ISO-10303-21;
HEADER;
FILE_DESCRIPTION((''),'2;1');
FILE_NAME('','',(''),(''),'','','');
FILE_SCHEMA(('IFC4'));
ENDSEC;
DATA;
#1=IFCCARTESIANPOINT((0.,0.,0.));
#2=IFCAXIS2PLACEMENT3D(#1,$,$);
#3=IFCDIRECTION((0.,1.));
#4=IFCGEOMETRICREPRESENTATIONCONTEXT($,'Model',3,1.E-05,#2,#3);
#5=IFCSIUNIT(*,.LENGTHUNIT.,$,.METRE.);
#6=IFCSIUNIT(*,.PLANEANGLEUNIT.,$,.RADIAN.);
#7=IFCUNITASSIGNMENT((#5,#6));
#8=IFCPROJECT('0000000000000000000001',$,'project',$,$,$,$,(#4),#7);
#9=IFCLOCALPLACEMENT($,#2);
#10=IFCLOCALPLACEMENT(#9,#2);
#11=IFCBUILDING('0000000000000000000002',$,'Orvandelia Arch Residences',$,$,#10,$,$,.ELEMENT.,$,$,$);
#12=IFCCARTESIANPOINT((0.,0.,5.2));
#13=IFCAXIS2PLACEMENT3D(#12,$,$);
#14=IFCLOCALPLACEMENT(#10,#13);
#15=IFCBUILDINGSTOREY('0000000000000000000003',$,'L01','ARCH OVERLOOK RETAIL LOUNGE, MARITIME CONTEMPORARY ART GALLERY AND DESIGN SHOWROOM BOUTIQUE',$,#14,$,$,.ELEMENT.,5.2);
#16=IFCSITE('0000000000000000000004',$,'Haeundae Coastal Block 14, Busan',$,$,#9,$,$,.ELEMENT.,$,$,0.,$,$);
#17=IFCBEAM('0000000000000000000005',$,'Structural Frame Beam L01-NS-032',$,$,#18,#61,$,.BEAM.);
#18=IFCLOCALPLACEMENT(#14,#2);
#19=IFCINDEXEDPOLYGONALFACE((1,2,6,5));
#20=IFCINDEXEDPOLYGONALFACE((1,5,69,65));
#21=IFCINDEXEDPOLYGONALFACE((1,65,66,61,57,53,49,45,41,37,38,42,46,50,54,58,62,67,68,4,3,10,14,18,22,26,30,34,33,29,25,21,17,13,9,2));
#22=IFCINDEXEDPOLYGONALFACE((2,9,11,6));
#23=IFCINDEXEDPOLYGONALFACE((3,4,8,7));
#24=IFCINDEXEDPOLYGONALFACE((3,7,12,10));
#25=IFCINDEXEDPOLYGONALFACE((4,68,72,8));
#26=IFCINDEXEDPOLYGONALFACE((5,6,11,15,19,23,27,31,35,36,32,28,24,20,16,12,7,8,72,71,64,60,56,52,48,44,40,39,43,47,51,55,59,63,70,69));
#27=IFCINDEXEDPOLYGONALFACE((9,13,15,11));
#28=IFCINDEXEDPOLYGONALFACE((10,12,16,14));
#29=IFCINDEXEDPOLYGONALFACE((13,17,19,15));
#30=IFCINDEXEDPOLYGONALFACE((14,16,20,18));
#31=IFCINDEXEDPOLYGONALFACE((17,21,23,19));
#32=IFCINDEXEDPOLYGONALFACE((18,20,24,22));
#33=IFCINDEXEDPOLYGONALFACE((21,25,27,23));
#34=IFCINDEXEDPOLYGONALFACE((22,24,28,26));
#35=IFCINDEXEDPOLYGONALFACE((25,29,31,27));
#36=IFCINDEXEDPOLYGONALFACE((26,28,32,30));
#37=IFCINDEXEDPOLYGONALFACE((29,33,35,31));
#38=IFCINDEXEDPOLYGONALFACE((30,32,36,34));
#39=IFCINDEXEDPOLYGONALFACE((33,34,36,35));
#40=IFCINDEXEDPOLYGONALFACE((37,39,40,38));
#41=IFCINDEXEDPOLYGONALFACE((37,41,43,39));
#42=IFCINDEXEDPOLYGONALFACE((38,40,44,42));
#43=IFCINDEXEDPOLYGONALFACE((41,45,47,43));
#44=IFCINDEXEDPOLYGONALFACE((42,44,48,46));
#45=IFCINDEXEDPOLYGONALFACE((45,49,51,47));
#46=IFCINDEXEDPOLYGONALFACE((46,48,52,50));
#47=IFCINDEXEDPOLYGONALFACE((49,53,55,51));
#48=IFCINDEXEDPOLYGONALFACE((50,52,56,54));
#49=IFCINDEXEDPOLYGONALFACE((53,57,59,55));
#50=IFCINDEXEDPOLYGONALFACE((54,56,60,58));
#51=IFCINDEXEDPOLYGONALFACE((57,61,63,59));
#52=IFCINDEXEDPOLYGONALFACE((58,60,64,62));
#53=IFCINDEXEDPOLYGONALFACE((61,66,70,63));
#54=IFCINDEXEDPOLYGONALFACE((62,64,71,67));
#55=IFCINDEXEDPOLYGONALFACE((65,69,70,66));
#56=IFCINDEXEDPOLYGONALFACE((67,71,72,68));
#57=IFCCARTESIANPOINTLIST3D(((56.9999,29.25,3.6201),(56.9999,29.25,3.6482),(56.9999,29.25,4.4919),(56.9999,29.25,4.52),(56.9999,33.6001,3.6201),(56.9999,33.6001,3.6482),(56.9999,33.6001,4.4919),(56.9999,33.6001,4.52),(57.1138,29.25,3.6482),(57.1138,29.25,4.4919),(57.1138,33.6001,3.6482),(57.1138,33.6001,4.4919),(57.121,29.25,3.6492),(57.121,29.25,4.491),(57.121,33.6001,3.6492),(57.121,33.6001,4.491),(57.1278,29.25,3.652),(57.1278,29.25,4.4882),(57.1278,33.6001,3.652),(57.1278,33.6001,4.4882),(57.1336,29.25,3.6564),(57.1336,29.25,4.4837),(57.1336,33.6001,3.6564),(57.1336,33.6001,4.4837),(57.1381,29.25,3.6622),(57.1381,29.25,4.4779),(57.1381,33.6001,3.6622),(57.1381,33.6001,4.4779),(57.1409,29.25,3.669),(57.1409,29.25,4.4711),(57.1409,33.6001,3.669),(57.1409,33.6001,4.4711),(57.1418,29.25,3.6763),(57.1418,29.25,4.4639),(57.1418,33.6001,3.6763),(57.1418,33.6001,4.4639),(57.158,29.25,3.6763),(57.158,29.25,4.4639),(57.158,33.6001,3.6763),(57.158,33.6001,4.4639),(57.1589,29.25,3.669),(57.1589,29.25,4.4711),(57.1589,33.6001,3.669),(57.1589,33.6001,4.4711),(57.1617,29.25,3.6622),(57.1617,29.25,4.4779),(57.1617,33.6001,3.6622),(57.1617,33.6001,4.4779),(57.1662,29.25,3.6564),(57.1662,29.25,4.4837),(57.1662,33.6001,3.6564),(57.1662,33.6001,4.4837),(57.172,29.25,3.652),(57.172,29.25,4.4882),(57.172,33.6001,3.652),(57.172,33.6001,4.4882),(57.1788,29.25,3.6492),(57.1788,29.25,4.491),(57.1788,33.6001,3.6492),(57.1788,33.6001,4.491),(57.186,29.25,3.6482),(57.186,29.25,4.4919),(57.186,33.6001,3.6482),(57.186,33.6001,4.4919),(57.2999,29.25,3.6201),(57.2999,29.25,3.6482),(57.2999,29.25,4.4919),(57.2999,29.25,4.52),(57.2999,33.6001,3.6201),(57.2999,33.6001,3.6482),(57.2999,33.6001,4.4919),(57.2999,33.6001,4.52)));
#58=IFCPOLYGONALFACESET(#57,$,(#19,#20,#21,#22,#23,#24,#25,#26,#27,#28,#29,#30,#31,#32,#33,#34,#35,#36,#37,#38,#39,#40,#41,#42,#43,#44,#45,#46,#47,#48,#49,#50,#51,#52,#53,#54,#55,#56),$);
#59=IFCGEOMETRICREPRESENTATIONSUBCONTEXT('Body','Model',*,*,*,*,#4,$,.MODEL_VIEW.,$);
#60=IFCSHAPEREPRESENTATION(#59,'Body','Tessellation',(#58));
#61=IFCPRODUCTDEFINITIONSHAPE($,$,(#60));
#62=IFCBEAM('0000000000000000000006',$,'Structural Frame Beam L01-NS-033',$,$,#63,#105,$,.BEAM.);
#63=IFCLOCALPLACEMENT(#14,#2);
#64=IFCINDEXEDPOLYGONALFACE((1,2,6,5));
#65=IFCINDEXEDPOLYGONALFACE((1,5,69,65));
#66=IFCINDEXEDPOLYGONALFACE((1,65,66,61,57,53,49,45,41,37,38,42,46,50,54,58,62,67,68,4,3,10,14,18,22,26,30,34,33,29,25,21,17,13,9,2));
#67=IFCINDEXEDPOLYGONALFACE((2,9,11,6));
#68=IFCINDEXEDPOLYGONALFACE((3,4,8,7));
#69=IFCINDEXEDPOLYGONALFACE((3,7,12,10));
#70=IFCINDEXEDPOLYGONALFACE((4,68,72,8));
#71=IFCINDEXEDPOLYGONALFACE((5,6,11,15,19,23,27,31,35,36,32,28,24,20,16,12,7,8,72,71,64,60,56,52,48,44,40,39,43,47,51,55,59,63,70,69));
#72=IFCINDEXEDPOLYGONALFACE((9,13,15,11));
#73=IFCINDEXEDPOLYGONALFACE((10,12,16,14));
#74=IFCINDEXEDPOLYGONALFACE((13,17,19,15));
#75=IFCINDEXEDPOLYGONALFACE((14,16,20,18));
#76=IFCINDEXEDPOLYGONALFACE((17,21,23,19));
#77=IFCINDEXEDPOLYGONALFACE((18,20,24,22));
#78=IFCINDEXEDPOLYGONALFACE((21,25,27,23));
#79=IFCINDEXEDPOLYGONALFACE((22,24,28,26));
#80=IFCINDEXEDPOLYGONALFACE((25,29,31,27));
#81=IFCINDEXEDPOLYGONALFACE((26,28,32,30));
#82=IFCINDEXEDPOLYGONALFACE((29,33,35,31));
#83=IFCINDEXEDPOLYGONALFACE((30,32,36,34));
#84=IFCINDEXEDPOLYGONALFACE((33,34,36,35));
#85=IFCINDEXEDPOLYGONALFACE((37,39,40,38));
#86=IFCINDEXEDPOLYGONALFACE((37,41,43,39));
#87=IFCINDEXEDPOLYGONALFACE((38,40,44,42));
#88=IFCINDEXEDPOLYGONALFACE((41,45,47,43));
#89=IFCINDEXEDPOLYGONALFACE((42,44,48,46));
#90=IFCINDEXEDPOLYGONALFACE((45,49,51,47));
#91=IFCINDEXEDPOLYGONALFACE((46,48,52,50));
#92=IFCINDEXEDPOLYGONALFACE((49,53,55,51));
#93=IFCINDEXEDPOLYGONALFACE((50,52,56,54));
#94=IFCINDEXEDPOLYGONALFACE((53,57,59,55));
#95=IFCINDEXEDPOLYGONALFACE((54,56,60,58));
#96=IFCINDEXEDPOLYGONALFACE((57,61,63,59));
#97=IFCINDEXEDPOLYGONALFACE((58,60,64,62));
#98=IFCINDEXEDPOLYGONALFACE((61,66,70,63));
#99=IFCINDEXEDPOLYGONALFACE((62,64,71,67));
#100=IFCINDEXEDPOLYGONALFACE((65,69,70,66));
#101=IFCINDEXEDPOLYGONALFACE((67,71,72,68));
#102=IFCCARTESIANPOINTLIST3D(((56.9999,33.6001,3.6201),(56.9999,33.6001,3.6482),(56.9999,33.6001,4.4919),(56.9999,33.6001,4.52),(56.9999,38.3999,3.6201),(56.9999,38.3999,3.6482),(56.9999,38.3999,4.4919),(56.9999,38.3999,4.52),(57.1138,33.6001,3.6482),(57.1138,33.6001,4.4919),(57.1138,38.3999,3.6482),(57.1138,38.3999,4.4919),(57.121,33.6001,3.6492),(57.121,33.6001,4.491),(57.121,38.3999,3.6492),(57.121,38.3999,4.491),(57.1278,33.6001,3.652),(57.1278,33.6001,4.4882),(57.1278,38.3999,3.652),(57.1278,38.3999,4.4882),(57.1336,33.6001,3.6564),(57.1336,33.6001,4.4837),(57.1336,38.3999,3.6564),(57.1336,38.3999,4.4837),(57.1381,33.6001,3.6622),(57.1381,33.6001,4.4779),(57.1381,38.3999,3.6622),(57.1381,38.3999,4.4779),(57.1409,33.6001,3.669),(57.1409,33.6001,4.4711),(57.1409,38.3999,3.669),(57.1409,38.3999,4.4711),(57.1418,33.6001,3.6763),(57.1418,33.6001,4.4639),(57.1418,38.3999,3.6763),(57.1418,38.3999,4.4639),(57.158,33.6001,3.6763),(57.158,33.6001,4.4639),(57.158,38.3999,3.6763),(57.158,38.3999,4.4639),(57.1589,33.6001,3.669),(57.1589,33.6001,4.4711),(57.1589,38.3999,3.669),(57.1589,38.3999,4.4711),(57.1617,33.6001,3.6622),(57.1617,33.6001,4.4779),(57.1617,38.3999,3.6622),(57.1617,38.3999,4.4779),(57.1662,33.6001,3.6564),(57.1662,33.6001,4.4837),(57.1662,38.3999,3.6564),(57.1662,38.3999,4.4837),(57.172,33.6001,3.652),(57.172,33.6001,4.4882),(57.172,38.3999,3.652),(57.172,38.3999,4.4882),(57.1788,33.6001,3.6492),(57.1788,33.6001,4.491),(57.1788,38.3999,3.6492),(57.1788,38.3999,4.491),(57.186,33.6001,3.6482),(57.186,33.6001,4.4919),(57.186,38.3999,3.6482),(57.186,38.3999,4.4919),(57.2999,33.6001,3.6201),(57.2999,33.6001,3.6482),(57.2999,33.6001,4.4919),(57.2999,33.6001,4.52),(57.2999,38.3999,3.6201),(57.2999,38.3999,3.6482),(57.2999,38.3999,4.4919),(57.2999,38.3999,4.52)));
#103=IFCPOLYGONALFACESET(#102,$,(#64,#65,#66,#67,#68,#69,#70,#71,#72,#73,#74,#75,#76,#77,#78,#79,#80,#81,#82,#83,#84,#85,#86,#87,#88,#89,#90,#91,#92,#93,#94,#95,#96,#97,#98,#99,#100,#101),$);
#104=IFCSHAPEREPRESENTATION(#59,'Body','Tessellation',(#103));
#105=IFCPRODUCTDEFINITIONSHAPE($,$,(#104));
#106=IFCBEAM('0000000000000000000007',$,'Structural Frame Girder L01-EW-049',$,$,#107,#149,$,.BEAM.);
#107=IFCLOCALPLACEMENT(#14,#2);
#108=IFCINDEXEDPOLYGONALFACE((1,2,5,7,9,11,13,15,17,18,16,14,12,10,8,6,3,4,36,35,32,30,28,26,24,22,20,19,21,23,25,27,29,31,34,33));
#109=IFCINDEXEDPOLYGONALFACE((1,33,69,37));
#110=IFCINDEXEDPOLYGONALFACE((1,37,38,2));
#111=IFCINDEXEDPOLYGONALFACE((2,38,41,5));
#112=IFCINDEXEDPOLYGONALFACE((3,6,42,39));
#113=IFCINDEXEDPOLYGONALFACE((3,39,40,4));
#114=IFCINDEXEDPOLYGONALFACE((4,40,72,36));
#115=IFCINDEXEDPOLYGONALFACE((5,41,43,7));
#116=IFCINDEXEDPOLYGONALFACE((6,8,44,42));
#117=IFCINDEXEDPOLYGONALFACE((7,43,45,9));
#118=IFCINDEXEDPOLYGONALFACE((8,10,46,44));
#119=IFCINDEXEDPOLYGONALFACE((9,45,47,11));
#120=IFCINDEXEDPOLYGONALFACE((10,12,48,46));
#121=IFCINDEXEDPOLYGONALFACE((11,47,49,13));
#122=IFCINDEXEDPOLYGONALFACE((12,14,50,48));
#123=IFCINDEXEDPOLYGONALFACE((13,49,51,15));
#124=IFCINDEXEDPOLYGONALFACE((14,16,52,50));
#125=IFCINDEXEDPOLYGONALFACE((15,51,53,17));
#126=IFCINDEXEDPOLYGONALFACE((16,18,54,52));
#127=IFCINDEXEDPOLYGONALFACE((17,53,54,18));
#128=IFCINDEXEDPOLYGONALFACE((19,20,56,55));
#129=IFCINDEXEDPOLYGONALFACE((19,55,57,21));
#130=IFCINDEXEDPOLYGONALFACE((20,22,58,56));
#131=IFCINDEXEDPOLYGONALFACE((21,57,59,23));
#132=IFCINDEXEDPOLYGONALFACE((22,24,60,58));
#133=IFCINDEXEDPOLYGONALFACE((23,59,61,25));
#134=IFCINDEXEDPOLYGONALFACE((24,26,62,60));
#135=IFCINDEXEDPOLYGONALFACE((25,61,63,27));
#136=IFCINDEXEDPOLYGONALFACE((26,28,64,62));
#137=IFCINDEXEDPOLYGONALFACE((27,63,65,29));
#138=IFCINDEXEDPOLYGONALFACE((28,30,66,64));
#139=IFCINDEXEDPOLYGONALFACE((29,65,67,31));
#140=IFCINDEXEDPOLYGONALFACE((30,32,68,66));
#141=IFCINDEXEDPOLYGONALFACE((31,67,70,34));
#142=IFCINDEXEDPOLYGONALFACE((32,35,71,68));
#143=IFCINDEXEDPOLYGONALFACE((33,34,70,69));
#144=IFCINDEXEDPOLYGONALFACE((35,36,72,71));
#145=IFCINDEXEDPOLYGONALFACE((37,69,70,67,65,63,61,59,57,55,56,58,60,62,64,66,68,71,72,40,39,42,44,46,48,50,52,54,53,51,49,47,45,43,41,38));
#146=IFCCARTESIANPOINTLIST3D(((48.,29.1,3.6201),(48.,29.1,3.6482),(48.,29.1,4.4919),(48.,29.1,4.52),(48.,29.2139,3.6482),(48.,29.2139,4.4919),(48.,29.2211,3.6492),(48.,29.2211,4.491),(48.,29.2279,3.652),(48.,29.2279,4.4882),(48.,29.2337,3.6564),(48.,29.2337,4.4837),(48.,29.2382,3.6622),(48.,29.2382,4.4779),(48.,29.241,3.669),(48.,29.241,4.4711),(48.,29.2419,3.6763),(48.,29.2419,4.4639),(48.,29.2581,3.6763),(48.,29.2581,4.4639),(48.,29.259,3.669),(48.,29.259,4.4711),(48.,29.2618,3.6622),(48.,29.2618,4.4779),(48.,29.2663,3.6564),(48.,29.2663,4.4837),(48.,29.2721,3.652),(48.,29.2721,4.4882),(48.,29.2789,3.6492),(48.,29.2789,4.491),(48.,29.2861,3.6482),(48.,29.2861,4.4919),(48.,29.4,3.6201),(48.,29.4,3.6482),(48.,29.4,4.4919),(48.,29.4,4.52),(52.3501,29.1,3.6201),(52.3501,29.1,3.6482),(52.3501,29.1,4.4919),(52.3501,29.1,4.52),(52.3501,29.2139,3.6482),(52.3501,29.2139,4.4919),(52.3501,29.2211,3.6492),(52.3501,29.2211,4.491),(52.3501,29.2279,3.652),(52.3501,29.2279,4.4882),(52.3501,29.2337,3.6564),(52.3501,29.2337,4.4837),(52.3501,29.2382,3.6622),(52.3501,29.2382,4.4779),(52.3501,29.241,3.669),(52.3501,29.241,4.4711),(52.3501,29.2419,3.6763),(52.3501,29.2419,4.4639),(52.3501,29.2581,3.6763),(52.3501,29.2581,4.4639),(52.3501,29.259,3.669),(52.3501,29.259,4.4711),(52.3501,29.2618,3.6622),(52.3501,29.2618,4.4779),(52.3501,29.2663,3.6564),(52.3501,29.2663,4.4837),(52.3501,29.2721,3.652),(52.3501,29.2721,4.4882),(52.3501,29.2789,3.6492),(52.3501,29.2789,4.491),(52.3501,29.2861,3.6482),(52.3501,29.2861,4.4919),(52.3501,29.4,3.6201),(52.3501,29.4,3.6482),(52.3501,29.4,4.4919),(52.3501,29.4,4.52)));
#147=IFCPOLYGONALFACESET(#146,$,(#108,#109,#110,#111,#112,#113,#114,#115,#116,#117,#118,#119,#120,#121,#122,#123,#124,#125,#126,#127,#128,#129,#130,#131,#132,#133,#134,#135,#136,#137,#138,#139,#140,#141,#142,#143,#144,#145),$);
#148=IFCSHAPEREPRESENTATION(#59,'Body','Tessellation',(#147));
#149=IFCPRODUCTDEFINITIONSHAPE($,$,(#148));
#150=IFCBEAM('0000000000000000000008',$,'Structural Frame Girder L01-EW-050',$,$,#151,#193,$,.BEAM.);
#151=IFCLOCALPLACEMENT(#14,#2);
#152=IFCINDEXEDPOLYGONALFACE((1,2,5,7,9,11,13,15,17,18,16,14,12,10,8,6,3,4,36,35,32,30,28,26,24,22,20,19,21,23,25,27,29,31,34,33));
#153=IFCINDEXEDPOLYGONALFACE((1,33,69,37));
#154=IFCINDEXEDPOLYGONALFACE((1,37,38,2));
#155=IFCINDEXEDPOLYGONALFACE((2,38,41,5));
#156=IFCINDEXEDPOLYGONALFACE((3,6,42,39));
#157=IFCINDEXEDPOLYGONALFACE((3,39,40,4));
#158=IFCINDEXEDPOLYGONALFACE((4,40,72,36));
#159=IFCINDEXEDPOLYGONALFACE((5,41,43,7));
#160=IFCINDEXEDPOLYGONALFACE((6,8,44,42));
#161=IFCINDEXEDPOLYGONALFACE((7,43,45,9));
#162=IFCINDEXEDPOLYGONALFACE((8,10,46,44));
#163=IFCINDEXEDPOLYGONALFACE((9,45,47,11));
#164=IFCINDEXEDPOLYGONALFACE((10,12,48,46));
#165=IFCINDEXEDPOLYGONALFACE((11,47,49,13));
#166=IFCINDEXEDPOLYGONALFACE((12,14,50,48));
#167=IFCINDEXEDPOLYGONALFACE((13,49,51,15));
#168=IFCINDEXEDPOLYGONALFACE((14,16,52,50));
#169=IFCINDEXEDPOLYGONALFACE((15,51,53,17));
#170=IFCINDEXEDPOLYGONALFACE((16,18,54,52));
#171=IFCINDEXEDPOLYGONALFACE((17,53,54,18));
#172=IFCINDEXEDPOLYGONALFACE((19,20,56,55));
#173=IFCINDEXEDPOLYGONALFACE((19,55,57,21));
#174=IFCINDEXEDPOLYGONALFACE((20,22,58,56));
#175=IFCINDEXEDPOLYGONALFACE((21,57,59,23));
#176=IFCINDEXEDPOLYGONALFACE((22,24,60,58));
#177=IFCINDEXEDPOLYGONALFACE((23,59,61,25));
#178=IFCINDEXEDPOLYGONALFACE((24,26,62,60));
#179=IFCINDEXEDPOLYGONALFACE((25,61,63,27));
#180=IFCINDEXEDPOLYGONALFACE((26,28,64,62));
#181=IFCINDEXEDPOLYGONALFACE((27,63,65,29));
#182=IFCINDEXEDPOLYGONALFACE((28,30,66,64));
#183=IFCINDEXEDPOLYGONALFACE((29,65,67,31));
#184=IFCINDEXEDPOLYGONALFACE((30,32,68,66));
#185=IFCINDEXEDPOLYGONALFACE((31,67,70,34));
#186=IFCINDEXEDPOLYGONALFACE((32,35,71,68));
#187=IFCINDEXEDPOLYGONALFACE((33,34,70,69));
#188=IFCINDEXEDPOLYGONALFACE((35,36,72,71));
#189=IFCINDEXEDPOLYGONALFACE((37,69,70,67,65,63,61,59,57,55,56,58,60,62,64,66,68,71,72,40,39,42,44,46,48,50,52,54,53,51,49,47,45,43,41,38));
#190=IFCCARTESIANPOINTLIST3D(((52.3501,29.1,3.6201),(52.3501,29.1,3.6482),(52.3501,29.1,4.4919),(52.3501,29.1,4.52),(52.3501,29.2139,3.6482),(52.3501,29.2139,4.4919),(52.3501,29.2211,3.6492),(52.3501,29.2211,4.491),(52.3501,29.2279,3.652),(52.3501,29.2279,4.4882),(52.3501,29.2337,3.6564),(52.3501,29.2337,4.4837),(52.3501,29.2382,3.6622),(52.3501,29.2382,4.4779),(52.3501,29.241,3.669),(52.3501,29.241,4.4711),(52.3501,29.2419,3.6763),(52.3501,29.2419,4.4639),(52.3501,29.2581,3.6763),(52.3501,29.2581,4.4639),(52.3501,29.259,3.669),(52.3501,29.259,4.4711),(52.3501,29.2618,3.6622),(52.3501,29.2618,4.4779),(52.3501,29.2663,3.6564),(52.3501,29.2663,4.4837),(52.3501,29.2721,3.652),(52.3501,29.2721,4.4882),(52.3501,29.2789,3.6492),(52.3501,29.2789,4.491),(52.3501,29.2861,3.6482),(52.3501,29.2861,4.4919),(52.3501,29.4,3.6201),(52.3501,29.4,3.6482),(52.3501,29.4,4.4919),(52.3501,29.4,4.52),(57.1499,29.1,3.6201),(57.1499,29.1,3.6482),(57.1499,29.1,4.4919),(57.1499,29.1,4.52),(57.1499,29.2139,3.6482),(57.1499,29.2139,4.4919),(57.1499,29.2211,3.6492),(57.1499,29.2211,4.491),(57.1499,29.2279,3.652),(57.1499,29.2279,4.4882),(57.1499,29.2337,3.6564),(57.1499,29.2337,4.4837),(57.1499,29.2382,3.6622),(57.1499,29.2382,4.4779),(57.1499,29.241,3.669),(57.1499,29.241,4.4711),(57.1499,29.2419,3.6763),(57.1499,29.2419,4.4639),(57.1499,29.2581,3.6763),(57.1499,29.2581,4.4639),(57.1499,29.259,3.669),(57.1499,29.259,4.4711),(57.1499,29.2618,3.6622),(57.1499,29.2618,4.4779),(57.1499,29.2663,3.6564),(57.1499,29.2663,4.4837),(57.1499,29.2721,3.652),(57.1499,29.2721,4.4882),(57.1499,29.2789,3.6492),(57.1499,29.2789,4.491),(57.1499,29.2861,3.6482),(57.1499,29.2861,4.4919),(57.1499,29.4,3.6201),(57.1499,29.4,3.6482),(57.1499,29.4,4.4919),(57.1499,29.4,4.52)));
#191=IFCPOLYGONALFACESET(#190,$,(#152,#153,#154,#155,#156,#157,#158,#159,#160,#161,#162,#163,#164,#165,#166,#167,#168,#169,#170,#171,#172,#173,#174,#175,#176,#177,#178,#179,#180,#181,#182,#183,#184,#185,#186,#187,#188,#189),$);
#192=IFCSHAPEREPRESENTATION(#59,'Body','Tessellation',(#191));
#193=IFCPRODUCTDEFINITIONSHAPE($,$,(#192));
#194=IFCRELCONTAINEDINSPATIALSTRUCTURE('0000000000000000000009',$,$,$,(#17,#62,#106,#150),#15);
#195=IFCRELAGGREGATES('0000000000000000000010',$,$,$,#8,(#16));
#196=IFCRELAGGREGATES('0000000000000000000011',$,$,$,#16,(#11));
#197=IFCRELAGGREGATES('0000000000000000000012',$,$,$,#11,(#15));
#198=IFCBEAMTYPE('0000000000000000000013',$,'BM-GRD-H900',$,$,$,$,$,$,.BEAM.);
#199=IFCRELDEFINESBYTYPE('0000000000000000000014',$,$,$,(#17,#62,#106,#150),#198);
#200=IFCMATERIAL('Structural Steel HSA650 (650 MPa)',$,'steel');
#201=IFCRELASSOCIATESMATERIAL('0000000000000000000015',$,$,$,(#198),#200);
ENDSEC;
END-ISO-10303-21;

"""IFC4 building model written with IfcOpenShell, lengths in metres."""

from ifc_helpers import new_model, si_unit, direction, frame, origin, origin_2d, place, context, subcontext, project, spatial, i_section, extrude, material, material_profile, profile_set, type_object, element, save


model = new_model("IFC4")

# Units and contexts
model_context = context("Model", 3, precision=1e-05, world=origin(), true_north=direction((0.0, 1.0)))
body_context = subcontext(model_context, "Body", "Model", "MODEL_VIEW")
ifc_project = project(units=[si_unit("LENGTHUNIT", "METRE"), si_unit("PLANEANGLEUNIT", "RADIAN")], contexts=[model_context])

# Site, building, storey
site_placement = place(None, origin())
site = spatial("IfcSite", under=ifc_project, at=site_placement, Name="Haeundae Coastal Block 14, Busan", CompositionType="ELEMENT", RefElevation=0.0)
building_placement = place(site_placement, origin())
building = spatial("IfcBuilding", under=site, at=building_placement, Name="Orvandelia Arch Residences", CompositionType="ELEMENT")
storey_placement = place(building_placement, frame((0.0, 0.0, 5.2)))
storey = spatial("IfcBuildingStorey", under=building, at=storey_placement, Name="L01", Description="ARCH OVERLOOK RETAIL LOUNGE, MARITIME CONTEMPORARY ART GALLERY AND DESIGN SHOWROOM BOUTIQUE", CompositionType="ELEMENT", Elevation=5.2)

# Beams
ifc_material_1 = material(Name="Structural Steel HSA650 (650 MPa)", Category="steel")
ifc_material_profile_1 = material_profile(ifc_material_1, i_section(OverallWidth=0.3, OverallDepth=0.8999, WebThickness=0.0161, FlangeThickness=0.0281, FilletRadius=0.0281, at=origin_2d()), Name="Structural Steel HSA650 (650 MPa)", Category="steel")
ifc_profile_set_1 = profile_set([ifc_material_profile_1], Name="Structural Steel HSA650 (650 MPa)")
beam_type = type_object("IfcBeamType", Name="BM-GRD-H900", PredefinedType="BEAM", material=ifc_profile_set_1)
beam_1_placement = place(storey_placement, frame((57.1499, 29.25, 4.0701), z_axis=(0.0, 1.0, 0.0), x_axis=(-1.0, 0.0, 0.0)))
element("IfcBeam", 1, at=beam_1_placement, inside=storey, type_object=beam_type, Name="Structural Frame Beam L01-NS-032", PredefinedType="BEAM", context=body_context, shape_type="SweptSolid", body=[
    extrude(i_section(OverallWidth=0.3, OverallDepth=0.8999, WebThickness=0.0161, FlangeThickness=0.0281, FilletRadius=0.0281, at=origin_2d()), origin(), (0.0, 0.0, 1.0), 4.3501),
])
beam_2_placement = place(storey_placement, frame((57.1499, 33.6001, 4.0701), z_axis=(0.0, 1.0, 0.0), x_axis=(-1.0, 0.0, 0.0)))
element("IfcBeam", 2, at=beam_2_placement, inside=storey, type_object=beam_type, Name="Structural Frame Beam L01-NS-033", PredefinedType="BEAM", context=body_context, shape_type="SweptSolid", body=[
    extrude(i_section(OverallWidth=0.3, OverallDepth=0.8999, WebThickness=0.0161, FlangeThickness=0.0281, FilletRadius=0.0281, at=origin_2d()), origin(), (0.0, 0.0, 1.0), 4.7998),
])
beam_3_placement = place(storey_placement, frame((48.0, 29.25, 4.0701), z_axis=(1.0, 0.0, 0.0), x_axis=(0.0, 1.0, 0.0)))
element("IfcBeam", 3, at=beam_3_placement, inside=storey, type_object=beam_type, Name="Structural Frame Girder L01-EW-049", PredefinedType="BEAM", context=body_context, shape_type="SweptSolid", body=[
    extrude(i_section(OverallWidth=0.3, OverallDepth=0.8999, WebThickness=0.0161, FlangeThickness=0.0281, FilletRadius=0.0281, at=origin_2d()), origin(), (0.0, 0.0, 1.0), 4.3501),
])
for number, where, z_axis, x_axis, name in (
    (4, (52.3501, 29.25, 4.0701), (1.0, 0.0, 0.0), (0.0, 1.0, 0.0), "Structural Frame Girder L01-EW-050"),
):
    element("IfcBeam", number, at=place(storey_placement, frame(where, z_axis=z_axis, x_axis=x_axis)), inside=storey, type_object=beam_type, Name=name, PredefinedType="BEAM", context=body_context, shape_type="SweptSolid", body=[
        extrude(i_section(OverallWidth=0.3, OverallDepth=0.8999, WebThickness=0.0161, FlangeThickness=0.0281, FilletRadius=0.0281, at=origin_2d()), origin(), (0.0, 0.0, 1.0), 4.7998),
    ])

save(model, "model.ifc")
